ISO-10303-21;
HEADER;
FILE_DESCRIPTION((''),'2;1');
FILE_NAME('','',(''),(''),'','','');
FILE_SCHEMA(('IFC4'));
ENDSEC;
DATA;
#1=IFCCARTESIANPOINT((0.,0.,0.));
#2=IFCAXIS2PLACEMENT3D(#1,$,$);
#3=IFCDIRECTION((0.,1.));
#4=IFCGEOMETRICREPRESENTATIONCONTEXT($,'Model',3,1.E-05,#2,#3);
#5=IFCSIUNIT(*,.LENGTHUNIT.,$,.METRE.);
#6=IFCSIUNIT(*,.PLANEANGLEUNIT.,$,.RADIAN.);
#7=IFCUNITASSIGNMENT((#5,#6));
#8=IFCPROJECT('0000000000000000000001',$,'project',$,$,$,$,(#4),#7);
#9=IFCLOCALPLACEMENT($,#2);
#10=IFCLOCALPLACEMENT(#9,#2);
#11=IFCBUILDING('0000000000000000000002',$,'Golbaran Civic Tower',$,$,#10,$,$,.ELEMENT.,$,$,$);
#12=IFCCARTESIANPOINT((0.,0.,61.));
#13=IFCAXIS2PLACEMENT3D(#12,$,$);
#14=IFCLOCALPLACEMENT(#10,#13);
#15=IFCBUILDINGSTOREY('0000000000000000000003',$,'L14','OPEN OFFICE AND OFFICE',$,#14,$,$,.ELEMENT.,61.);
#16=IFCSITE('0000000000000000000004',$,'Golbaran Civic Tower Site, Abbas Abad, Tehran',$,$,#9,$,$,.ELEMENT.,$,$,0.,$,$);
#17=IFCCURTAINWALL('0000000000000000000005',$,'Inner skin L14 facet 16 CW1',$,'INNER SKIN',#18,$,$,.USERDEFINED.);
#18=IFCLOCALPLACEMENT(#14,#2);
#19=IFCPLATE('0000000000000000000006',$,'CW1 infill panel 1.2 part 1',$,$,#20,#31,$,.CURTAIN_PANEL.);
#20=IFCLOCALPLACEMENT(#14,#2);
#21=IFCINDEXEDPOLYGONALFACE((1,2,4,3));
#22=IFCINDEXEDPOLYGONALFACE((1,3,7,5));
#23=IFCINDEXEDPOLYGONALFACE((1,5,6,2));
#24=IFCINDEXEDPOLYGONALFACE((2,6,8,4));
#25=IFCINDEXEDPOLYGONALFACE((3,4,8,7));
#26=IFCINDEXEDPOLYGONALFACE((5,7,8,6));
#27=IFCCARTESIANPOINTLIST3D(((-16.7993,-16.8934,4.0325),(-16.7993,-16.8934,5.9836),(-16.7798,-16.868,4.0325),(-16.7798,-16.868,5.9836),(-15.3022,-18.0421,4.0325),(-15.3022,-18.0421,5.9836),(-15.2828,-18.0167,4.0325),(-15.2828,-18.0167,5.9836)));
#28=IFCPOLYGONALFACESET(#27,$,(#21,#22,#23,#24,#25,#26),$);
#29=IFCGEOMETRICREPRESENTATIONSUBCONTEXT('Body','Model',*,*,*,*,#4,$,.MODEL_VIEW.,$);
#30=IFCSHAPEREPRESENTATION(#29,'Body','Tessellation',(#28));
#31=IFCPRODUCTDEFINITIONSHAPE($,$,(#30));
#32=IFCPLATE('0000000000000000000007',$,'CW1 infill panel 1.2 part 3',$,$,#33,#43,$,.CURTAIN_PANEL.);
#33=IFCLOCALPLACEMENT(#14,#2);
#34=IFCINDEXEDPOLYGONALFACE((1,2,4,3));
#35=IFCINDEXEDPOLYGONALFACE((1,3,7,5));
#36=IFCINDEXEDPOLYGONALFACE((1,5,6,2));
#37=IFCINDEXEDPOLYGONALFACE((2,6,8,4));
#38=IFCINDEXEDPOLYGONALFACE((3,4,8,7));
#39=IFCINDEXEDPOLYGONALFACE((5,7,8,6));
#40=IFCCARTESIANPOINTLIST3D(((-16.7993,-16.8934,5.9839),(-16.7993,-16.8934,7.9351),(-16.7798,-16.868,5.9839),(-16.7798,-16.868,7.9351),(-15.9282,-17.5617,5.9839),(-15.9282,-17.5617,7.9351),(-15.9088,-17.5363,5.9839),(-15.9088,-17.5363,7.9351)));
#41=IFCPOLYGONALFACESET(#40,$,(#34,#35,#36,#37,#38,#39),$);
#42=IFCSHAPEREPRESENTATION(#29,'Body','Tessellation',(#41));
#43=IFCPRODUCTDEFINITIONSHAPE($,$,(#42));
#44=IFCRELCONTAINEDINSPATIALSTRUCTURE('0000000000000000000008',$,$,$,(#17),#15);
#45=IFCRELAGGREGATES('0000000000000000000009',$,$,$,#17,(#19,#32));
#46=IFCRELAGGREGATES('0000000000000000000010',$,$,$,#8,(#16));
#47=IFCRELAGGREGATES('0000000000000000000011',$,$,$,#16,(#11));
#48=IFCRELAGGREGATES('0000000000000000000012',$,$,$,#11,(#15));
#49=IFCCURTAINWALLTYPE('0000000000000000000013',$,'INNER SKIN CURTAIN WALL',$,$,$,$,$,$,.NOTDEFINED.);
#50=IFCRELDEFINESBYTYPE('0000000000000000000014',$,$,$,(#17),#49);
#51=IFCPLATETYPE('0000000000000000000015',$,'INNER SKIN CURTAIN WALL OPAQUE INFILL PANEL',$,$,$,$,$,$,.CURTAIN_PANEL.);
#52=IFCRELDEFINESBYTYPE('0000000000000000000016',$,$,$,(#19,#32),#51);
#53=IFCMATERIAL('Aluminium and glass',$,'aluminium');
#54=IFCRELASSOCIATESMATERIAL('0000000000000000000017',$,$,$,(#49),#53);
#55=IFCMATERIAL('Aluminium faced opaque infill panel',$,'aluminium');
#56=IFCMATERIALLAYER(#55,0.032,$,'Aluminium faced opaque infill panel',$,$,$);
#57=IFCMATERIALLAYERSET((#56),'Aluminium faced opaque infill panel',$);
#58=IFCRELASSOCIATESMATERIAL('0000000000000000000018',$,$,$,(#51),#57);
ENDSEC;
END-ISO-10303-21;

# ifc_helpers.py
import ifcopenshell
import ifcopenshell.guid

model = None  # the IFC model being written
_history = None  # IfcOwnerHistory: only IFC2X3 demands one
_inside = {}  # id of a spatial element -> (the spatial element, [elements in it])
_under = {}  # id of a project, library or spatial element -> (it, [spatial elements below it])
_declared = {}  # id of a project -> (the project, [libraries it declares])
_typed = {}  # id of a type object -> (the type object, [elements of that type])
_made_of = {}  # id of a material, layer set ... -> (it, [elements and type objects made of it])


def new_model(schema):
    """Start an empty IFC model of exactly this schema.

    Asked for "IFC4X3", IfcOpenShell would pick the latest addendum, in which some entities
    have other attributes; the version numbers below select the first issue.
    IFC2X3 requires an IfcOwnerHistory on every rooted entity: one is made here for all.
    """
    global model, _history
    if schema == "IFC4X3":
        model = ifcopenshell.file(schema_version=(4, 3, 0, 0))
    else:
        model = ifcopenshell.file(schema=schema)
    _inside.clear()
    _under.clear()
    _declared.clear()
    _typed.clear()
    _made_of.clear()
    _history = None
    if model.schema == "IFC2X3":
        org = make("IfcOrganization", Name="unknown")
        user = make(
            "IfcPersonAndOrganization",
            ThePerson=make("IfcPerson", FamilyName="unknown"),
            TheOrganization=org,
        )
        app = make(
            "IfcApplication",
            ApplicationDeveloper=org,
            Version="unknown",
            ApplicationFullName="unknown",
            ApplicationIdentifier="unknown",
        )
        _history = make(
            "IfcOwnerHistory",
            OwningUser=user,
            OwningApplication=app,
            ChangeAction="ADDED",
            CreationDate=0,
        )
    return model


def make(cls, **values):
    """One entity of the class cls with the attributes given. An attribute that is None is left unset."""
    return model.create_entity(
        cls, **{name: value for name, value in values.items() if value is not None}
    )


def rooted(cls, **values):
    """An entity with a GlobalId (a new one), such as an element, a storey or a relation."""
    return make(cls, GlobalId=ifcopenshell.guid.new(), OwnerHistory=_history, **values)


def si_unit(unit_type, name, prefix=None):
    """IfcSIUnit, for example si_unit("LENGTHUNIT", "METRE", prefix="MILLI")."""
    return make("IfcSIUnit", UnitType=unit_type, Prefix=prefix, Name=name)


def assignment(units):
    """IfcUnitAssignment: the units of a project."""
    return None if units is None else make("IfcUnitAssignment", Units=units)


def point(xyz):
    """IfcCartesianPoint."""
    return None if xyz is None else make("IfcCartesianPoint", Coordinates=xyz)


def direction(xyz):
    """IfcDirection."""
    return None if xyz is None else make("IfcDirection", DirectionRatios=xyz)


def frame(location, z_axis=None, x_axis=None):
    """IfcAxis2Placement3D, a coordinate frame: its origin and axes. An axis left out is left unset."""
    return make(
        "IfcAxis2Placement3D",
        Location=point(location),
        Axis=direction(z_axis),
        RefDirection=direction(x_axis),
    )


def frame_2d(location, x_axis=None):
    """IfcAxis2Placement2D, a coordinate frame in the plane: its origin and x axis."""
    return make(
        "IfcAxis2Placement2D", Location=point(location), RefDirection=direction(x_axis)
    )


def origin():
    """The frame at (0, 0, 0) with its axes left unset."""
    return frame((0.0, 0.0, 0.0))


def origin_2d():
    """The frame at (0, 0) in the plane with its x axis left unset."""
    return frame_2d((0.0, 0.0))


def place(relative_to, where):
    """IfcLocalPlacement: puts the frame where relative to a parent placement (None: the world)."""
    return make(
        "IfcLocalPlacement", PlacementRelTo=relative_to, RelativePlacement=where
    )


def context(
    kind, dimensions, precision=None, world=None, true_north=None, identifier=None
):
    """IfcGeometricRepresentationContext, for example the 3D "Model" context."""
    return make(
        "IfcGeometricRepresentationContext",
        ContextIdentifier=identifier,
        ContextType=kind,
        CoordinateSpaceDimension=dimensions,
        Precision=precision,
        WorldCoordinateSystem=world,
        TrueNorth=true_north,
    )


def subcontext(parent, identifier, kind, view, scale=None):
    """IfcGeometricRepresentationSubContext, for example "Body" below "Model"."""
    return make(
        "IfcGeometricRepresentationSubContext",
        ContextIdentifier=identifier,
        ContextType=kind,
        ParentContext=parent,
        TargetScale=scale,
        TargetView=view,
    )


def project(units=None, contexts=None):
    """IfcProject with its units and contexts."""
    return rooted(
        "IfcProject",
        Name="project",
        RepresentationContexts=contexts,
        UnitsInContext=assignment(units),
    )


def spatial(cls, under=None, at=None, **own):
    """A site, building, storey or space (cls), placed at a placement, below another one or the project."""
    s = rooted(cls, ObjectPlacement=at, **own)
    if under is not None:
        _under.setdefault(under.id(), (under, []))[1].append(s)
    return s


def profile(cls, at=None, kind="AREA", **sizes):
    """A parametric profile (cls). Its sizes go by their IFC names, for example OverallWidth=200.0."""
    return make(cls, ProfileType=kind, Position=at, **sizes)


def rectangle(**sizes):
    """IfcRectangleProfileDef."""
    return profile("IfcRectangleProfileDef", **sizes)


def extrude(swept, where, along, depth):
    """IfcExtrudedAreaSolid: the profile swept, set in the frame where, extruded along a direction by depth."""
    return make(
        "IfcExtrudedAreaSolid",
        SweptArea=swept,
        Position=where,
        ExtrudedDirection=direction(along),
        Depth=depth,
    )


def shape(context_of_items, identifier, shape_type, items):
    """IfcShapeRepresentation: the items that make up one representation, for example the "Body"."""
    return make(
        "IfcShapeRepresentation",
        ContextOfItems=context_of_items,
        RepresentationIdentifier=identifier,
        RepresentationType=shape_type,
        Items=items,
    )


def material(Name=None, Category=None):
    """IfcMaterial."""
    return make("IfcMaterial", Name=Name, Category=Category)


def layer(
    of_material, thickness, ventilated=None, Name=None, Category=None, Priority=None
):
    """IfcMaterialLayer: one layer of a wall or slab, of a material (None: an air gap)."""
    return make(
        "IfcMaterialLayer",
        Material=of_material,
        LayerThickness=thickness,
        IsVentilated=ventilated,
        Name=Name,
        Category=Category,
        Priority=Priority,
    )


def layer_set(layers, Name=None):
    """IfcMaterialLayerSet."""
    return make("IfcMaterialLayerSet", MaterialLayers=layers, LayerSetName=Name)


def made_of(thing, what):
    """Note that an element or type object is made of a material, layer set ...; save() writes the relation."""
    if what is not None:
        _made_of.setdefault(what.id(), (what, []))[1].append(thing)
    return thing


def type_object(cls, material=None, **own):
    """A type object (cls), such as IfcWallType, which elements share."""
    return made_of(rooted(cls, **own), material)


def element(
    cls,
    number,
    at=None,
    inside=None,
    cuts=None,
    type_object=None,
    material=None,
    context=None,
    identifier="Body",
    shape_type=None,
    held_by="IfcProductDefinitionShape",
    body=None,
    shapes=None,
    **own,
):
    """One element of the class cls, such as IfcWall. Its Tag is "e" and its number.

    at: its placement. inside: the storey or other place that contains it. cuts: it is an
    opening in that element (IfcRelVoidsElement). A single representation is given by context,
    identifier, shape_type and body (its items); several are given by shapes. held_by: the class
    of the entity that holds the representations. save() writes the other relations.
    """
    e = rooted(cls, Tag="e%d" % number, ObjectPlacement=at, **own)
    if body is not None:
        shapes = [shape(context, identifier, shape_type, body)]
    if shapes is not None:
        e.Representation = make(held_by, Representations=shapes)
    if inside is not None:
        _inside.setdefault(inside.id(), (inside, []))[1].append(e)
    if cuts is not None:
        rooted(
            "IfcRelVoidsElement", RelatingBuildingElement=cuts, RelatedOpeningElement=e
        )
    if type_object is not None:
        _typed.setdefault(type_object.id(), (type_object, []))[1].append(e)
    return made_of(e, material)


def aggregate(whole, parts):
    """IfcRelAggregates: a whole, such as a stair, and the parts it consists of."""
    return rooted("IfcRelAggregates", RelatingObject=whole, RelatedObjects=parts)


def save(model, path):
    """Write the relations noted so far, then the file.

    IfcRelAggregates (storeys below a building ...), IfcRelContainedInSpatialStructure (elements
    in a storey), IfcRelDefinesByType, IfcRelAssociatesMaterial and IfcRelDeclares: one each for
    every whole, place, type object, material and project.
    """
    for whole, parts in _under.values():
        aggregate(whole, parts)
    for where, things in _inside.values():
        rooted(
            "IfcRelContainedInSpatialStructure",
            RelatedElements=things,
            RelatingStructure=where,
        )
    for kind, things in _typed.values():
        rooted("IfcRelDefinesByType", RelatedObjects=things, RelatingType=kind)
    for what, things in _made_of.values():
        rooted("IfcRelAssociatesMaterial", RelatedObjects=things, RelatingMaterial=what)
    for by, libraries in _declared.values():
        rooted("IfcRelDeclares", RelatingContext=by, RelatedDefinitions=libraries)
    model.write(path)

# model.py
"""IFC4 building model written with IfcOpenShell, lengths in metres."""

from ifc_helpers import new_model, si_unit, direction, frame, origin, origin_2d, place, context, subcontext, project, spatial, rectangle, extrude, material, layer, layer_set, type_object, element, aggregate, save


model = new_model("IFC4")

# Units and contexts
model_context = context("Model", 3, precision=1e-05, world=origin(), true_north=direction((0.0, 1.0)))
body_context = subcontext(model_context, "Body", "Model", "MODEL_VIEW")
ifc_project = project(units=[si_unit("LENGTHUNIT", "METRE"), si_unit("PLANEANGLEUNIT", "RADIAN")], contexts=[model_context])

# Site, building, storey
site_placement = place(None, origin())
site = spatial("IfcSite", under=ifc_project, at=site_placement, Name="Golbaran Civic Tower Site, Abbas Abad, Tehran", CompositionType="ELEMENT", RefElevation=0.0)
building_placement = place(site_placement, origin())
building = spatial("IfcBuilding", under=site, at=building_placement, Name="Golbaran Civic Tower", CompositionType="ELEMENT")
storey_placement = place(building_placement, frame((0.0, 0.0, 61.0)))
storey = spatial("IfcBuildingStorey", under=building, at=storey_placement, Name="L14", Description="OPEN OFFICE AND OFFICE", CompositionType="ELEMENT", Elevation=61.0)

# Shared definitions
ifc_material_1 = material(Name="Aluminium and glass", Category="aluminium")
curtain_wall_type = type_object("IfcCurtainWallType", Name="INNER SKIN CURTAIN WALL", PredefinedType="NOTDEFINED", material=ifc_material_1)

# Curtain wall
curtain_wall_1_placement = place(storey_placement, origin())
curtain_wall_1 = element("IfcCurtainWall", 1, at=curtain_wall_1_placement, inside=storey, type_object=curtain_wall_type, Name="Inner skin L14 facet 16 CW1", ObjectType="INNER SKIN", PredefinedType="USERDEFINED")

# Plates
ifc_material_2 = material(Name="Aluminium faced opaque infill panel", Category="aluminium")
ifc_layer_1 = layer(ifc_material_2, 0.032, Name="Aluminium faced opaque infill panel")
ifc_layer_set_1 = layer_set([ifc_layer_1], Name="Aluminium faced opaque infill panel")
plate_type_1 = type_object("IfcPlateType", Name="INNER SKIN CURTAIN WALL OPAQUE INFILL PANEL", PredefinedType="CURTAIN_PANEL", material=ifc_layer_set_1)
plate_1_placement = place(storey_placement, frame((-16.041, -17.4551, 4.0325), z_axis=(0.0, 0.0, 1.0), x_axis=(0.793353, -0.608761, 0.0)))
plate_1 = element("IfcPlate", 2, at=plate_1_placement, type_object=plate_type_1, Name="CW1 infill panel 1.2 part 1", PredefinedType="CURTAIN_PANEL", context=body_context, shape_type="SweptSolid", body=[
    extrude(rectangle(XDim=1.887, YDim=0.032, at=origin_2d()), origin(), (0.0, 0.0, 1.0), 1.9512),
])
plate_2_placement = place(storey_placement, frame((-16.354, -17.2148, 5.9839), z_axis=(0.0, 0.0, 1.0), x_axis=(0.793353, -0.608761, 0.0)))
plate_2 = element("IfcPlate", 3, at=plate_2_placement, type_object=plate_type_1, Name="CW1 infill panel 1.2 part 3", PredefinedType="CURTAIN_PANEL", context=body_context, shape_type="SweptSolid", body=[
    extrude(rectangle(XDim=1.0979, YDim=0.032, at=origin_2d()), origin(), (0.0, 0.0, 1.0), 1.9512),
])
aggregate(curtain_wall_1, [plate_1, plate_2])

save(model, "model.ifc")
